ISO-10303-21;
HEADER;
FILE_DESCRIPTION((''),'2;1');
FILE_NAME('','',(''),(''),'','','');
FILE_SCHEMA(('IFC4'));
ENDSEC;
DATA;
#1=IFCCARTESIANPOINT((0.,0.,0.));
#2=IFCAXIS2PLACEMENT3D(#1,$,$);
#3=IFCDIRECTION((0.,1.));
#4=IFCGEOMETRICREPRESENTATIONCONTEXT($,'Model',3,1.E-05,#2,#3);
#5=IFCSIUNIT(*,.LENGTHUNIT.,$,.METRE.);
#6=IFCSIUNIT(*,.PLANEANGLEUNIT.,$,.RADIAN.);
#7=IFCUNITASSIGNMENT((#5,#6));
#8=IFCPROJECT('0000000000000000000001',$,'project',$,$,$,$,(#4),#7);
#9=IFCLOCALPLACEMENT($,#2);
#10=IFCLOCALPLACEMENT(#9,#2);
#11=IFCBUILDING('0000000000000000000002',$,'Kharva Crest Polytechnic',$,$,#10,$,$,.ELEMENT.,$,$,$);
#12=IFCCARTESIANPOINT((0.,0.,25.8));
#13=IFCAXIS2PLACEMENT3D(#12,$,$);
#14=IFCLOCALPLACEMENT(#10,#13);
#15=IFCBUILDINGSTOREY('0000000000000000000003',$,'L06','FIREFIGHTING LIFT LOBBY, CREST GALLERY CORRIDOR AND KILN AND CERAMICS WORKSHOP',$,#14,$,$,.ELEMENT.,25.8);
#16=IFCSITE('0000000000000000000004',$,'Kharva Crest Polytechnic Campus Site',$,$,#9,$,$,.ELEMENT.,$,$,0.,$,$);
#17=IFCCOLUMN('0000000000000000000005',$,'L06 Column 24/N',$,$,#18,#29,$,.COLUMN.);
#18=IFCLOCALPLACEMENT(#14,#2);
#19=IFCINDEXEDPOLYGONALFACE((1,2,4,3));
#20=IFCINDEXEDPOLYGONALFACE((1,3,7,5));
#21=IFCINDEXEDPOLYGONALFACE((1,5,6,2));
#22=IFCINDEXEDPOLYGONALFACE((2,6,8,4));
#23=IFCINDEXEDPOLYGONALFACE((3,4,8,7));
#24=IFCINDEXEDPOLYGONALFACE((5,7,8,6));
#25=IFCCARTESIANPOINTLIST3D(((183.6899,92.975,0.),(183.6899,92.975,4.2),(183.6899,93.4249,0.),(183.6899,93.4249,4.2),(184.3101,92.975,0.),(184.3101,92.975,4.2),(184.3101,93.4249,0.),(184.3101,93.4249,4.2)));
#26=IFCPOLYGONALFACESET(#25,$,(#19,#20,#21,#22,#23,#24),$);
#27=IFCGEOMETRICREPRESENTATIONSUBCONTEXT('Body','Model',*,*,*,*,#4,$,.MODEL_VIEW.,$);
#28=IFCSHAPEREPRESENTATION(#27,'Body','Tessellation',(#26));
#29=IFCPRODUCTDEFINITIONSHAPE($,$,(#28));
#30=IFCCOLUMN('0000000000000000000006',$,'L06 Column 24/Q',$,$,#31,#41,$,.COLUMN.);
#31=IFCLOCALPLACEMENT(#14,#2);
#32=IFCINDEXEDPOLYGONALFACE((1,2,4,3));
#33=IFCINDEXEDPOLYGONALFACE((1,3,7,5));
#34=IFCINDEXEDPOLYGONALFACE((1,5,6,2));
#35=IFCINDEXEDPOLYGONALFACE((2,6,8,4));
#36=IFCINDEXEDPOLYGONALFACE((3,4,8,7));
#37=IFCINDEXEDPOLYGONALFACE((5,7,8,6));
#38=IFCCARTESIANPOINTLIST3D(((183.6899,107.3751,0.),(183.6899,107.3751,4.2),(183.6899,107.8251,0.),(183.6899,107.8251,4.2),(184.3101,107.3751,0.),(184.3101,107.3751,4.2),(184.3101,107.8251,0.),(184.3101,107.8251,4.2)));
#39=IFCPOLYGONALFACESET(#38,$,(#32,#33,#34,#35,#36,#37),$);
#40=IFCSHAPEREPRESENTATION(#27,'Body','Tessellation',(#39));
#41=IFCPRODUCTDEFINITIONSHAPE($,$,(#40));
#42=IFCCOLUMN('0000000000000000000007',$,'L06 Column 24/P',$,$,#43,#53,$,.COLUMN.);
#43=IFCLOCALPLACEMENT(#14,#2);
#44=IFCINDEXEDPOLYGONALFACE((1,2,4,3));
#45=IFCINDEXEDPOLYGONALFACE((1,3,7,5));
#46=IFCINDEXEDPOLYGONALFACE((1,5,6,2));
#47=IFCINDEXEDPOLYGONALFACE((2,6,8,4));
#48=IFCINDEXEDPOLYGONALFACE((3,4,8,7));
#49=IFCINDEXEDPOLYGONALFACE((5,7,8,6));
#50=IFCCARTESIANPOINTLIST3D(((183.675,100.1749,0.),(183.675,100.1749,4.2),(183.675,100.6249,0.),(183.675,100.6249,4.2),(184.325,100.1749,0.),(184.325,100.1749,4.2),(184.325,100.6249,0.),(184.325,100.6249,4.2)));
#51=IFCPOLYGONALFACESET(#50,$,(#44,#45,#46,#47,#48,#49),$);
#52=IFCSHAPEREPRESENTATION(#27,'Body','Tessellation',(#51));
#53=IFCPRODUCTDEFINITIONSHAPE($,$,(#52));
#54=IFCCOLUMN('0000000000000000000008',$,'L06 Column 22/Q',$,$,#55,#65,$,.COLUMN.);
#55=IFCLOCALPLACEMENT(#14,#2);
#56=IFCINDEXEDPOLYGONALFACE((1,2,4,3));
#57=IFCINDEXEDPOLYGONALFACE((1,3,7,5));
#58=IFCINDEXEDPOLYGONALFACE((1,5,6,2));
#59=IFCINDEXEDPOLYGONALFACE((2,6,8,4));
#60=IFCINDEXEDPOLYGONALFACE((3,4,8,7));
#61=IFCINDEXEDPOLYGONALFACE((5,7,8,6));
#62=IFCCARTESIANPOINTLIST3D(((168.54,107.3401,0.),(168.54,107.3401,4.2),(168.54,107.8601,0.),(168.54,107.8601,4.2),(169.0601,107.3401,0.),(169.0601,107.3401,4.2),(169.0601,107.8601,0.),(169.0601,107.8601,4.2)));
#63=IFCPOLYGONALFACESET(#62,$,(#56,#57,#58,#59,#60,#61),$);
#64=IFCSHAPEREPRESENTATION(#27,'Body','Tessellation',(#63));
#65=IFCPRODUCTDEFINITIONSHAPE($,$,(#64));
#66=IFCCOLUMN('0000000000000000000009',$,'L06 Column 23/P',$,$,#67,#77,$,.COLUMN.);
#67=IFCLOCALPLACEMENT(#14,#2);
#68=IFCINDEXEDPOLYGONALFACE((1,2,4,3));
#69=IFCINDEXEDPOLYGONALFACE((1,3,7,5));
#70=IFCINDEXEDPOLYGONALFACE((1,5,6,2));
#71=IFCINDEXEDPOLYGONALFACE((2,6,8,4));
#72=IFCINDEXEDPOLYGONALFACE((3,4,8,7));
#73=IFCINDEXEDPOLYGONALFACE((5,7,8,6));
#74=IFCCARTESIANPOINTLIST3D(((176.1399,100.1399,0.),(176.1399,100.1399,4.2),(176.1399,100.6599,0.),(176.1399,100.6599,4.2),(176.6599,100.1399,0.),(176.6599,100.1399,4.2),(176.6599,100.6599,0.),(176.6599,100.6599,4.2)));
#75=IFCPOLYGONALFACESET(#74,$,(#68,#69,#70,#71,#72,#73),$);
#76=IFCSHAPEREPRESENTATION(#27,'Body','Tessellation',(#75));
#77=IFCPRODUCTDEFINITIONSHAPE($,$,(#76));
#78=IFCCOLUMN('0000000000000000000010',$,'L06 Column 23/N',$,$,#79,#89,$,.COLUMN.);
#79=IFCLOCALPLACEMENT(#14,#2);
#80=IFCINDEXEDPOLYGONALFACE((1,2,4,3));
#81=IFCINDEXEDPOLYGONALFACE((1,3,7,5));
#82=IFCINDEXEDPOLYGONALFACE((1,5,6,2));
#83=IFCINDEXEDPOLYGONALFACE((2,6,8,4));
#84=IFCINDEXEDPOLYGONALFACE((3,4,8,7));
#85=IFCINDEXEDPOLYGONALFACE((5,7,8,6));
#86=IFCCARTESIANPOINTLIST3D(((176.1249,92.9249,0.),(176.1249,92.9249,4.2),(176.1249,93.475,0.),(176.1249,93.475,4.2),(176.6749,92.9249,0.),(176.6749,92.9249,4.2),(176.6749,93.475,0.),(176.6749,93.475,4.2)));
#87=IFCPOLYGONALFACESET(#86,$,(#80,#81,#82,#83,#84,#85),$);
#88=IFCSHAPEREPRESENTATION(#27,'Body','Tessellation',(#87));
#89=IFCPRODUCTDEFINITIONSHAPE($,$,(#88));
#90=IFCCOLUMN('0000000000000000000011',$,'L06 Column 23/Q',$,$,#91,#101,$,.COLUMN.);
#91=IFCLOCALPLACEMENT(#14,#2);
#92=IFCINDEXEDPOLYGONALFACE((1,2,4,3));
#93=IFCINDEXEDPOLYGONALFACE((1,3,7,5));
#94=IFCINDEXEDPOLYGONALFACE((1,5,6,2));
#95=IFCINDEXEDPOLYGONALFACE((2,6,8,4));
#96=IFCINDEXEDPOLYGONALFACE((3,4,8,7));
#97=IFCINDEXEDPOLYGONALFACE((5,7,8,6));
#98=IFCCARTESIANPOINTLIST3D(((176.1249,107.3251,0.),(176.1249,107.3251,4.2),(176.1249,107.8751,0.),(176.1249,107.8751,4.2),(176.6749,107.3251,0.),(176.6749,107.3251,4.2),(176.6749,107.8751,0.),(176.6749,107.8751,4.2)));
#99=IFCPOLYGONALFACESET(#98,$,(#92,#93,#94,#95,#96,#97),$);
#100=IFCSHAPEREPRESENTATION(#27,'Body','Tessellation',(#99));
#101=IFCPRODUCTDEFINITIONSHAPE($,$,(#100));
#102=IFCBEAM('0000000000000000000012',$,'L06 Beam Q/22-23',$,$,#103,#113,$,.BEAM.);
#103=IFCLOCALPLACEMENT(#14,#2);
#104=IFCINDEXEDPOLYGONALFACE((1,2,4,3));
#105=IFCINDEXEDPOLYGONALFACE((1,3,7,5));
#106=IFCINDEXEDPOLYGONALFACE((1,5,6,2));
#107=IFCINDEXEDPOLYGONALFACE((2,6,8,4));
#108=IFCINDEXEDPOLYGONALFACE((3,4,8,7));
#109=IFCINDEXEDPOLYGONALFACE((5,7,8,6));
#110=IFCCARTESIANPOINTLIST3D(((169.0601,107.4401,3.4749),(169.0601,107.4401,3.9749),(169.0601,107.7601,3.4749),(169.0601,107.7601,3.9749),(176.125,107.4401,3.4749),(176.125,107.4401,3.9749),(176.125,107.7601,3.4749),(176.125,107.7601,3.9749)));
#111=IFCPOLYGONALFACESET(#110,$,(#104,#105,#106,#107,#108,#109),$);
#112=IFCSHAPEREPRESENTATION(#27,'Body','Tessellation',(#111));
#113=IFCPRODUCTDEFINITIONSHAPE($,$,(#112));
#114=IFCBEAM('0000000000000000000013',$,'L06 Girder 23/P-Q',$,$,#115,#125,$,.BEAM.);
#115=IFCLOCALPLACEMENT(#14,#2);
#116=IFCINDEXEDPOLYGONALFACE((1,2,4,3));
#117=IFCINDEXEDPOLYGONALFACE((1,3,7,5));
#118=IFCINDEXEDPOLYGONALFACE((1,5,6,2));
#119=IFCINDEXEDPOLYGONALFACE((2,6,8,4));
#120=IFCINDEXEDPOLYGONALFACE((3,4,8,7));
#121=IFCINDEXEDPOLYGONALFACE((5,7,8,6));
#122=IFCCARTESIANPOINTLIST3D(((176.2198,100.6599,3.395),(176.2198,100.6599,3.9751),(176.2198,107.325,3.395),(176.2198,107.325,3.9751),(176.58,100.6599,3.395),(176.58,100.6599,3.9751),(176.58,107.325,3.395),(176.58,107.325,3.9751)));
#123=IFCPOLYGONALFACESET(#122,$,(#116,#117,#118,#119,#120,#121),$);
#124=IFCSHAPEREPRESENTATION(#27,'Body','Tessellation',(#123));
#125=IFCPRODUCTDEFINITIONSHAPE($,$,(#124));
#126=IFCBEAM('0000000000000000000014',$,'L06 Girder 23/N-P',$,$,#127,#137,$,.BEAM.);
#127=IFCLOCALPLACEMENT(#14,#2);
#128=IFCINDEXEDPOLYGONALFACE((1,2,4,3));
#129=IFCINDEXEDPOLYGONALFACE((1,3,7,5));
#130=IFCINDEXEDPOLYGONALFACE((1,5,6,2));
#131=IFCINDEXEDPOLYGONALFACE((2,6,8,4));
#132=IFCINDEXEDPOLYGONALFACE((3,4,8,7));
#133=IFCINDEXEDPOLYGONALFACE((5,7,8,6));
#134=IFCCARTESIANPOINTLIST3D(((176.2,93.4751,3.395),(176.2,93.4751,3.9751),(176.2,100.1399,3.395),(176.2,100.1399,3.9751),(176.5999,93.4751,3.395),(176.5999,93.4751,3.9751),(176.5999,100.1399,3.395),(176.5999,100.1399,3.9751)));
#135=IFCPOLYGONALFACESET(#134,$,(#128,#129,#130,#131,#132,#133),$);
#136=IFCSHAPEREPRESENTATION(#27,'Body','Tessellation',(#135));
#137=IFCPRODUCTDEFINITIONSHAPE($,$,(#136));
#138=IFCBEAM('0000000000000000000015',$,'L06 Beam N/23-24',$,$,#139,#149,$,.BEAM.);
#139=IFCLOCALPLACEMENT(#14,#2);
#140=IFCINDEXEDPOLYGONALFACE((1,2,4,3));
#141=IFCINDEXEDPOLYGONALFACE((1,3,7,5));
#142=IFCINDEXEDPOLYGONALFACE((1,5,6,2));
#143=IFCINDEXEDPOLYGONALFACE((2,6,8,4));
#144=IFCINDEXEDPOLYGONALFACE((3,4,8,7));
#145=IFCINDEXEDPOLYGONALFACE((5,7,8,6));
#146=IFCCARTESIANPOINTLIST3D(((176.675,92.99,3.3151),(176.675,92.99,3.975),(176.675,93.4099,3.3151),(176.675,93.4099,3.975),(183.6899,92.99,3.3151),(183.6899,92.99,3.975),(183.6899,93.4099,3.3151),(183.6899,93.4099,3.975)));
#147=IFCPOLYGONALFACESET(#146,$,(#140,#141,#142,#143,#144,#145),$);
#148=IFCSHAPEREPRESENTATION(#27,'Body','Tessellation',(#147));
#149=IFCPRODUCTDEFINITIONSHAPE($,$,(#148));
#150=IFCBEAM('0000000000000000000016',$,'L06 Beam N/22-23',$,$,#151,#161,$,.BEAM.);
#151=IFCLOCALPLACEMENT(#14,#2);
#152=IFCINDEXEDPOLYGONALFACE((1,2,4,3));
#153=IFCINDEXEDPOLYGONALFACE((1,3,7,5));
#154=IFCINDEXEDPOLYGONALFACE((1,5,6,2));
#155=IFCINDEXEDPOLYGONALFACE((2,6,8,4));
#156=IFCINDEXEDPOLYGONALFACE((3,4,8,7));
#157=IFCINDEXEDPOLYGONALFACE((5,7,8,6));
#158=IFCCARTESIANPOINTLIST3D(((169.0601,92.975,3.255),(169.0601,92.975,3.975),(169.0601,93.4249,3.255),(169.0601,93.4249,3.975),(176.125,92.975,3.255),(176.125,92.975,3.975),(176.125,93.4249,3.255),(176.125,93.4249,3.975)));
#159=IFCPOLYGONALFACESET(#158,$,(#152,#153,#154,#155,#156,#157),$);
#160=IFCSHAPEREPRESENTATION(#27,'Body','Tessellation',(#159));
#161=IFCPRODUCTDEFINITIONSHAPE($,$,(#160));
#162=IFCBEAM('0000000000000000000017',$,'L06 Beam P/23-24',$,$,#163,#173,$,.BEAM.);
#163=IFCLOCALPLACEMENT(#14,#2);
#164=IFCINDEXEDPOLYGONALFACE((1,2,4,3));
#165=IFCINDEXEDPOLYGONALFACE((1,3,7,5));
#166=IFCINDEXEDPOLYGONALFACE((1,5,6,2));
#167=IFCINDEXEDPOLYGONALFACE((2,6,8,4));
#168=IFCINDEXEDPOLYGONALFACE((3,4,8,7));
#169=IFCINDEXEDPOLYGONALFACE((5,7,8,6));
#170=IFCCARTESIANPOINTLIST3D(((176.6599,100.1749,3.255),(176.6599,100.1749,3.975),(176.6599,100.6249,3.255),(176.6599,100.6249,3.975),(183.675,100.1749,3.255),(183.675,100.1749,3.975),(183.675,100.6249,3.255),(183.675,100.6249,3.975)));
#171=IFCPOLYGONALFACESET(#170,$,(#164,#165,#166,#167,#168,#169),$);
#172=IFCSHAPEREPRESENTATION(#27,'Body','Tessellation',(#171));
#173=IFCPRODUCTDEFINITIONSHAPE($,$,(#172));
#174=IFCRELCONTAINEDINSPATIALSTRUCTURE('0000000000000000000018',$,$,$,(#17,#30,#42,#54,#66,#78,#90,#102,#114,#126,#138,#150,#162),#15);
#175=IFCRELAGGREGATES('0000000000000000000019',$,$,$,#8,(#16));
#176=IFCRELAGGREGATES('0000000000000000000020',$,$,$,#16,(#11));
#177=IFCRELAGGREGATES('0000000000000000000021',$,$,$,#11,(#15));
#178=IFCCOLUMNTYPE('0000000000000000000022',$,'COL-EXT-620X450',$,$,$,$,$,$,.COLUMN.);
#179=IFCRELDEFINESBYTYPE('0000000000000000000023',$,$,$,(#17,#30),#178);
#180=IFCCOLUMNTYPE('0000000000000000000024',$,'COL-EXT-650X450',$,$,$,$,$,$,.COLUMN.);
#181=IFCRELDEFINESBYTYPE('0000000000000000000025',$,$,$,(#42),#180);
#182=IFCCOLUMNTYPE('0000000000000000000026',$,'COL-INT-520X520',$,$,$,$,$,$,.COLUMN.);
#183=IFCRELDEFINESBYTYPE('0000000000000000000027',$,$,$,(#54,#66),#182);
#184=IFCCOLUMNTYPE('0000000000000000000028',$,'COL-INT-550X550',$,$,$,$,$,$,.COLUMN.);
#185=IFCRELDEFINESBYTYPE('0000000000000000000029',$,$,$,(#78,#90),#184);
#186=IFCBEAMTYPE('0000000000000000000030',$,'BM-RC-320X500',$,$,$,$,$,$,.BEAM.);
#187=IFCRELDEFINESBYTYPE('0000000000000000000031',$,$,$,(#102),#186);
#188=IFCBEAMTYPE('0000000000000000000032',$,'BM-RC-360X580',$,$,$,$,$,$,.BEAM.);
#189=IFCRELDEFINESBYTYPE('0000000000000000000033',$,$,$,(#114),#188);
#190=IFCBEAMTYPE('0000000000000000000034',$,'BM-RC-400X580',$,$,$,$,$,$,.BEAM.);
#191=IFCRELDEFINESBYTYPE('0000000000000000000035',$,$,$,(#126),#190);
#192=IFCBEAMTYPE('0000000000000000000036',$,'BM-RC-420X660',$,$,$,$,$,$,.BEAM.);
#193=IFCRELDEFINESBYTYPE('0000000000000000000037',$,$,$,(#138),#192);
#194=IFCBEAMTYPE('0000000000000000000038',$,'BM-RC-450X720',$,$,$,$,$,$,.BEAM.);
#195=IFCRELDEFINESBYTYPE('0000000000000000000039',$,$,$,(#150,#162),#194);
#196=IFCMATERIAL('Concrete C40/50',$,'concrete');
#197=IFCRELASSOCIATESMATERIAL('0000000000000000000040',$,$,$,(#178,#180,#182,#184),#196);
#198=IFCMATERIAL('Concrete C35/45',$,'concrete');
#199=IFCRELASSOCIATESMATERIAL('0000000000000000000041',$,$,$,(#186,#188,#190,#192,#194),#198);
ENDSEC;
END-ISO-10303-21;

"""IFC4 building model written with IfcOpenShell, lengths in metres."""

from ifc_helpers import new_model, si_unit, direction, frame, origin, origin_2d, place, context, subcontext, project, spatial, rectangle, extrude, material, material_profile, profile_set, type_object, element, save


model = new_model("IFC4")

# Units and contexts
model_context = context("Model", 3, precision=1e-05, world=origin(), true_north=direction((0.0, 1.0)))
body_context = subcontext(model_context, "Body", "Model", "MODEL_VIEW")
ifc_project = project(units=[si_unit("LENGTHUNIT", "METRE"), si_unit("PLANEANGLEUNIT", "RADIAN")], contexts=[model_context])

# Site, building, storey
site_placement = place(None, origin())
site = spatial("IfcSite", under=ifc_project, at=site_placement, Name="Kharva Crest Polytechnic Campus Site", CompositionType="ELEMENT", RefElevation=0.0)
building_placement = place(site_placement, origin())
building = spatial("IfcBuilding", under=site, at=building_placement, Name="Kharva Crest Polytechnic", CompositionType="ELEMENT")
storey_placement = place(building_placement, frame((0.0, 0.0, 25.8)))
storey = spatial("IfcBuildingStorey", under=building, at=storey_placement, Name="L06", Description="FIREFIGHTING LIFT LOBBY, CREST GALLERY CORRIDOR AND KILN AND CERAMICS WORKSHOP", CompositionType="ELEMENT", Elevation=25.8)

# Columns
ifc_material_1 = material(Name="Concrete C40/50", Category="concrete")
ifc_material_profile_1 = material_profile(ifc_material_1, rectangle(XDim=0.6201, YDim=0.45, at=origin_2d()), Name="RECT 620 X 450")
ifc_profile_set_1 = profile_set([ifc_material_profile_1], Name="Concrete C40/50")
column_type_1 = type_object("IfcColumnType", Name="COL-EXT-620X450", PredefinedType="COLUMN", material=ifc_profile_set_1)
for number, where, z_axis, x_axis, name in (
    (1, (184.0, 93.2, 0.0), (0.0, 0.0, 1.0), (1.0, 0.0, 0.0), "L06 Column 24/N"),
    (2, (184.0, 107.6001, 0.0), (0.0, 0.0, 1.0), (1.0, 0.0, 0.0), "L06 Column 24/Q"),
):
    element("IfcColumn", number, at=place(storey_placement, frame(where, z_axis=z_axis, x_axis=x_axis)), inside=storey, type_object=column_type_1, Name=name, PredefinedType="COLUMN", context=body_context, shape_type="SweptSolid", body=[
        extrude(rectangle(XDim=0.6201, YDim=0.45, at=origin_2d()), origin(), (0.0, 0.0, 1.0), 4.2),
    ])
ifc_material_profile_2 = material_profile(ifc_material_1, rectangle(XDim=0.6499, YDim=0.45, at=origin_2d()), Name="RECT 650 X 450")
ifc_profile_set_2 = profile_set([ifc_material_profile_2], Name="Concrete C40/50")
column_type_2 = type_object("IfcColumnType", Name="COL-EXT-650X450", PredefinedType="COLUMN", material=ifc_profile_set_2)
column_placement = place(storey_placement, frame((184.0, 100.3999, 0.0), z_axis=(0.0, 0.0, 1.0), x_axis=(1.0, 0.0, 0.0)))
element("IfcColumn", 3, at=column_placement, inside=storey, type_object=column_type_2, Name="L06 Column 24/P", PredefinedType="COLUMN", context=body_context, shape_type="SweptSolid", body=[
    extrude(rectangle(XDim=0.6499, YDim=0.45, at=origin_2d()), origin(), (0.0, 0.0, 1.0), 4.2),
])
ifc_material_profile_3 = material_profile(ifc_material_1, rectangle(XDim=0.52, YDim=0.52, at=origin_2d()), Name="RECT 520 X 520")
ifc_profile_set_3 = profile_set([ifc_material_profile_3], Name="Concrete C40/50")
column_type_3 = type_object("IfcColumnType", Name="COL-INT-520X520", PredefinedType="COLUMN", material=ifc_profile_set_3)
for number, where, z_axis, x_axis, name in (
    (4, (168.8, 107.6001, 0.0), (0.0, 0.0, 1.0), (1.0, 0.0, 0.0), "L06 Column 22/Q"),
    (5, (176.3999, 100.3999, 0.0), (0.0, 0.0, 1.0), (1.0, 0.0, 0.0), "L06 Column 23/P"),
):
    element("IfcColumn", number, at=place(storey_placement, frame(where, z_axis=z_axis, x_axis=x_axis)), inside=storey, type_object=column_type_3, Name=name, PredefinedType="COLUMN", context=body_context, shape_type="SweptSolid", body=[
        extrude(rectangle(XDim=0.52, YDim=0.52, at=origin_2d()), origin(), (0.0, 0.0, 1.0), 4.2),
    ])
ifc_material_profile_4 = material_profile(ifc_material_1, rectangle(XDim=0.55, YDim=0.55, at=origin_2d()), Name="RECT 550 X 550")
ifc_profile_set_4 = profile_set([ifc_material_profile_4], Name="Concrete C40/50")
column_type_4 = type_object("IfcColumnType", Name="COL-INT-550X550", PredefinedType="COLUMN", material=ifc_profile_set_4)
for number, where, z_axis, x_axis, name in (
    (6, (176.3999, 93.2, 0.0), (0.0, 0.0, 1.0), (1.0, 0.0, 0.0), "L06 Column 23/N"),
    (7, (176.3999, 107.6001, 0.0), (0.0, 0.0, 1.0), (1.0, 0.0, 0.0), "L06 Column 23/Q"),
):
    element("IfcColumn", number, at=place(storey_placement, frame(where, z_axis=z_axis, x_axis=x_axis)), inside=storey, type_object=column_type_4, Name=name, PredefinedType="COLUMN", context=body_context, shape_type="SweptSolid", body=[
        extrude(rectangle(XDim=0.55, YDim=0.55, at=origin_2d()), origin(), (0.0, 0.0, 1.0), 4.2),
    ])

# Beams
ifc_material_2 = material(Name="Concrete C35/45", Category="concrete")
ifc_material_profile_5 = material_profile(ifc_material_2, rectangle(XDim=0.3201, YDim=0.5, at=origin_2d()), Name="RECT 320 X 500")
ifc_profile_set_5 = profile_set([ifc_material_profile_5], Name="Concrete C35/45")
beam_type_1 = type_object("IfcBeamType", Name="BM-RC-320X500", PredefinedType="BEAM", material=ifc_profile_set_5)
beam_1_placement = place(storey_placement, frame((169.0601, 107.6001, 3.7249), z_axis=(1.0, 0.0, 0.0), x_axis=(0.0, 1.0, 0.0)))
element("IfcBeam", 8, at=beam_1_placement, inside=storey, type_object=beam_type_1, Name="L06 Beam Q/22-23", PredefinedType="BEAM", context=body_context, shape_type="SweptSolid", body=[
    extrude(rectangle(XDim=0.3201, YDim=0.5, at=origin_2d()), origin(), (0.0, 0.0, 1.0), 7.0649),
])
ifc_material_profile_6 = material_profile(ifc_material_2, rectangle(XDim=0.3601, YDim=0.5801, at=origin_2d()), Name="RECT 360 X 580")
ifc_profile_set_6 = profile_set([ifc_material_profile_6], Name="Concrete C35/45")
beam_type_2 = type_object("IfcBeamType", Name="BM-RC-360X580", PredefinedType="BEAM", material=ifc_profile_set_6)
beam_2_placement = place(storey_placement, frame((176.3999, 100.6599, 3.6851), z_axis=(0.0, 1.0, 0.0), x_axis=(-1.0, 0.0, 0.0)))
element("IfcBeam", 9, at=beam_2_placement, inside=storey, type_object=beam_type_2, Name="L06 Girder 23/P-Q", PredefinedType="BEAM", context=body_context, shape_type="SweptSolid", body=[
    extrude(rectangle(XDim=0.3601, YDim=0.5801, at=origin_2d()), origin(), (0.0, 0.0, 1.0), 6.665),
])
ifc_material_profile_7 = material_profile(ifc_material_2, rectangle(XDim=0.3999, YDim=0.5801, at=origin_2d()), Name="RECT 400 X 580")
ifc_profile_set_7 = profile_set([ifc_material_profile_7], Name="Concrete C35/45")
beam_type_3 = type_object("IfcBeamType", Name="BM-RC-400X580", PredefinedType="BEAM", material=ifc_profile_set_7)
beam_3_placement = place(storey_placement, frame((176.3999, 93.4751, 3.6851), z_axis=(0.0, 1.0, 0.0), x_axis=(-1.0, 0.0, 0.0)))
element("IfcBeam", 10, at=beam_3_placement, inside=storey, type_object=beam_type_3, Name="L06 Girder 23/N-P", PredefinedType="BEAM", context=body_context, shape_type="SweptSolid", body=[
    extrude(rectangle(XDim=0.3999, YDim=0.5801, at=origin_2d()), origin(), (0.0, 0.0, 1.0), 6.6648),
])
ifc_material_profile_8 = material_profile(ifc_material_2, rectangle(XDim=0.4199, YDim=0.6599, at=origin_2d()), Name="RECT 420 X 660")
ifc_profile_set_8 = profile_set([ifc_material_profile_8], Name="Concrete C35/45")
beam_type_4 = type_object("IfcBeamType", Name="BM-RC-420X660", PredefinedType="BEAM", material=ifc_profile_set_8)
beam_4_placement = place(storey_placement, frame((176.675, 93.2, 3.645), z_axis=(1.0, 0.0, 0.0), x_axis=(0.0, 1.0, 0.0)))
element("IfcBeam", 11, at=beam_4_placement, inside=storey, type_object=beam_type_4, Name="L06 Beam N/23-24", PredefinedType="BEAM", context=body_context, shape_type="SweptSolid", body=[
    extrude(rectangle(XDim=0.4199, YDim=0.6599, at=origin_2d()), origin(), (0.0, 0.0, 1.0), 7.0149),
])
ifc_material_profile_9 = material_profile(ifc_material_2, rectangle(XDim=0.45, YDim=0.72, at=origin_2d()), Name="RECT 450 X 720")
ifc_profile_set_9 = profile_set([ifc_material_profile_9], Name="Concrete C35/45")
beam_type_5 = type_object("IfcBeamType", Name="BM-RC-450X720", PredefinedType="BEAM", material=ifc_profile_set_9)
beam_5_placement = place(storey_placement, frame((169.0601, 93.2, 3.615), z_axis=(1.0, 0.0, 0.0), x_axis=(0.0, 1.0, 0.0)))
element("IfcBeam", 12, at=beam_5_placement, inside=storey, type_object=beam_type_5, Name="L06 Beam N/22-23", PredefinedType="BEAM", context=body_context, shape_type="SweptSolid", body=[
    extrude(rectangle(XDim=0.45, YDim=0.72, at=origin_2d()), origin(), (0.0, 0.0, 1.0), 7.0649),
])
beam_6_placement = place(storey_placement, frame((176.6599, 100.3999, 3.615), z_axis=(1.0, 0.0, 0.0), x_axis=(0.0, 1.0, 0.0)))
element("IfcBeam", 13, at=beam_6_placement, inside=storey, type_object=beam_type_5, Name="L06 Beam P/23-24", PredefinedType="BEAM", context=body_context, shape_type="SweptSolid", body=[
    extrude(rectangle(XDim=0.45, YDim=0.72, at=origin_2d()), origin(), (0.0, 0.0, 1.0), 7.0151),
])

save(model, "model.ifc")
